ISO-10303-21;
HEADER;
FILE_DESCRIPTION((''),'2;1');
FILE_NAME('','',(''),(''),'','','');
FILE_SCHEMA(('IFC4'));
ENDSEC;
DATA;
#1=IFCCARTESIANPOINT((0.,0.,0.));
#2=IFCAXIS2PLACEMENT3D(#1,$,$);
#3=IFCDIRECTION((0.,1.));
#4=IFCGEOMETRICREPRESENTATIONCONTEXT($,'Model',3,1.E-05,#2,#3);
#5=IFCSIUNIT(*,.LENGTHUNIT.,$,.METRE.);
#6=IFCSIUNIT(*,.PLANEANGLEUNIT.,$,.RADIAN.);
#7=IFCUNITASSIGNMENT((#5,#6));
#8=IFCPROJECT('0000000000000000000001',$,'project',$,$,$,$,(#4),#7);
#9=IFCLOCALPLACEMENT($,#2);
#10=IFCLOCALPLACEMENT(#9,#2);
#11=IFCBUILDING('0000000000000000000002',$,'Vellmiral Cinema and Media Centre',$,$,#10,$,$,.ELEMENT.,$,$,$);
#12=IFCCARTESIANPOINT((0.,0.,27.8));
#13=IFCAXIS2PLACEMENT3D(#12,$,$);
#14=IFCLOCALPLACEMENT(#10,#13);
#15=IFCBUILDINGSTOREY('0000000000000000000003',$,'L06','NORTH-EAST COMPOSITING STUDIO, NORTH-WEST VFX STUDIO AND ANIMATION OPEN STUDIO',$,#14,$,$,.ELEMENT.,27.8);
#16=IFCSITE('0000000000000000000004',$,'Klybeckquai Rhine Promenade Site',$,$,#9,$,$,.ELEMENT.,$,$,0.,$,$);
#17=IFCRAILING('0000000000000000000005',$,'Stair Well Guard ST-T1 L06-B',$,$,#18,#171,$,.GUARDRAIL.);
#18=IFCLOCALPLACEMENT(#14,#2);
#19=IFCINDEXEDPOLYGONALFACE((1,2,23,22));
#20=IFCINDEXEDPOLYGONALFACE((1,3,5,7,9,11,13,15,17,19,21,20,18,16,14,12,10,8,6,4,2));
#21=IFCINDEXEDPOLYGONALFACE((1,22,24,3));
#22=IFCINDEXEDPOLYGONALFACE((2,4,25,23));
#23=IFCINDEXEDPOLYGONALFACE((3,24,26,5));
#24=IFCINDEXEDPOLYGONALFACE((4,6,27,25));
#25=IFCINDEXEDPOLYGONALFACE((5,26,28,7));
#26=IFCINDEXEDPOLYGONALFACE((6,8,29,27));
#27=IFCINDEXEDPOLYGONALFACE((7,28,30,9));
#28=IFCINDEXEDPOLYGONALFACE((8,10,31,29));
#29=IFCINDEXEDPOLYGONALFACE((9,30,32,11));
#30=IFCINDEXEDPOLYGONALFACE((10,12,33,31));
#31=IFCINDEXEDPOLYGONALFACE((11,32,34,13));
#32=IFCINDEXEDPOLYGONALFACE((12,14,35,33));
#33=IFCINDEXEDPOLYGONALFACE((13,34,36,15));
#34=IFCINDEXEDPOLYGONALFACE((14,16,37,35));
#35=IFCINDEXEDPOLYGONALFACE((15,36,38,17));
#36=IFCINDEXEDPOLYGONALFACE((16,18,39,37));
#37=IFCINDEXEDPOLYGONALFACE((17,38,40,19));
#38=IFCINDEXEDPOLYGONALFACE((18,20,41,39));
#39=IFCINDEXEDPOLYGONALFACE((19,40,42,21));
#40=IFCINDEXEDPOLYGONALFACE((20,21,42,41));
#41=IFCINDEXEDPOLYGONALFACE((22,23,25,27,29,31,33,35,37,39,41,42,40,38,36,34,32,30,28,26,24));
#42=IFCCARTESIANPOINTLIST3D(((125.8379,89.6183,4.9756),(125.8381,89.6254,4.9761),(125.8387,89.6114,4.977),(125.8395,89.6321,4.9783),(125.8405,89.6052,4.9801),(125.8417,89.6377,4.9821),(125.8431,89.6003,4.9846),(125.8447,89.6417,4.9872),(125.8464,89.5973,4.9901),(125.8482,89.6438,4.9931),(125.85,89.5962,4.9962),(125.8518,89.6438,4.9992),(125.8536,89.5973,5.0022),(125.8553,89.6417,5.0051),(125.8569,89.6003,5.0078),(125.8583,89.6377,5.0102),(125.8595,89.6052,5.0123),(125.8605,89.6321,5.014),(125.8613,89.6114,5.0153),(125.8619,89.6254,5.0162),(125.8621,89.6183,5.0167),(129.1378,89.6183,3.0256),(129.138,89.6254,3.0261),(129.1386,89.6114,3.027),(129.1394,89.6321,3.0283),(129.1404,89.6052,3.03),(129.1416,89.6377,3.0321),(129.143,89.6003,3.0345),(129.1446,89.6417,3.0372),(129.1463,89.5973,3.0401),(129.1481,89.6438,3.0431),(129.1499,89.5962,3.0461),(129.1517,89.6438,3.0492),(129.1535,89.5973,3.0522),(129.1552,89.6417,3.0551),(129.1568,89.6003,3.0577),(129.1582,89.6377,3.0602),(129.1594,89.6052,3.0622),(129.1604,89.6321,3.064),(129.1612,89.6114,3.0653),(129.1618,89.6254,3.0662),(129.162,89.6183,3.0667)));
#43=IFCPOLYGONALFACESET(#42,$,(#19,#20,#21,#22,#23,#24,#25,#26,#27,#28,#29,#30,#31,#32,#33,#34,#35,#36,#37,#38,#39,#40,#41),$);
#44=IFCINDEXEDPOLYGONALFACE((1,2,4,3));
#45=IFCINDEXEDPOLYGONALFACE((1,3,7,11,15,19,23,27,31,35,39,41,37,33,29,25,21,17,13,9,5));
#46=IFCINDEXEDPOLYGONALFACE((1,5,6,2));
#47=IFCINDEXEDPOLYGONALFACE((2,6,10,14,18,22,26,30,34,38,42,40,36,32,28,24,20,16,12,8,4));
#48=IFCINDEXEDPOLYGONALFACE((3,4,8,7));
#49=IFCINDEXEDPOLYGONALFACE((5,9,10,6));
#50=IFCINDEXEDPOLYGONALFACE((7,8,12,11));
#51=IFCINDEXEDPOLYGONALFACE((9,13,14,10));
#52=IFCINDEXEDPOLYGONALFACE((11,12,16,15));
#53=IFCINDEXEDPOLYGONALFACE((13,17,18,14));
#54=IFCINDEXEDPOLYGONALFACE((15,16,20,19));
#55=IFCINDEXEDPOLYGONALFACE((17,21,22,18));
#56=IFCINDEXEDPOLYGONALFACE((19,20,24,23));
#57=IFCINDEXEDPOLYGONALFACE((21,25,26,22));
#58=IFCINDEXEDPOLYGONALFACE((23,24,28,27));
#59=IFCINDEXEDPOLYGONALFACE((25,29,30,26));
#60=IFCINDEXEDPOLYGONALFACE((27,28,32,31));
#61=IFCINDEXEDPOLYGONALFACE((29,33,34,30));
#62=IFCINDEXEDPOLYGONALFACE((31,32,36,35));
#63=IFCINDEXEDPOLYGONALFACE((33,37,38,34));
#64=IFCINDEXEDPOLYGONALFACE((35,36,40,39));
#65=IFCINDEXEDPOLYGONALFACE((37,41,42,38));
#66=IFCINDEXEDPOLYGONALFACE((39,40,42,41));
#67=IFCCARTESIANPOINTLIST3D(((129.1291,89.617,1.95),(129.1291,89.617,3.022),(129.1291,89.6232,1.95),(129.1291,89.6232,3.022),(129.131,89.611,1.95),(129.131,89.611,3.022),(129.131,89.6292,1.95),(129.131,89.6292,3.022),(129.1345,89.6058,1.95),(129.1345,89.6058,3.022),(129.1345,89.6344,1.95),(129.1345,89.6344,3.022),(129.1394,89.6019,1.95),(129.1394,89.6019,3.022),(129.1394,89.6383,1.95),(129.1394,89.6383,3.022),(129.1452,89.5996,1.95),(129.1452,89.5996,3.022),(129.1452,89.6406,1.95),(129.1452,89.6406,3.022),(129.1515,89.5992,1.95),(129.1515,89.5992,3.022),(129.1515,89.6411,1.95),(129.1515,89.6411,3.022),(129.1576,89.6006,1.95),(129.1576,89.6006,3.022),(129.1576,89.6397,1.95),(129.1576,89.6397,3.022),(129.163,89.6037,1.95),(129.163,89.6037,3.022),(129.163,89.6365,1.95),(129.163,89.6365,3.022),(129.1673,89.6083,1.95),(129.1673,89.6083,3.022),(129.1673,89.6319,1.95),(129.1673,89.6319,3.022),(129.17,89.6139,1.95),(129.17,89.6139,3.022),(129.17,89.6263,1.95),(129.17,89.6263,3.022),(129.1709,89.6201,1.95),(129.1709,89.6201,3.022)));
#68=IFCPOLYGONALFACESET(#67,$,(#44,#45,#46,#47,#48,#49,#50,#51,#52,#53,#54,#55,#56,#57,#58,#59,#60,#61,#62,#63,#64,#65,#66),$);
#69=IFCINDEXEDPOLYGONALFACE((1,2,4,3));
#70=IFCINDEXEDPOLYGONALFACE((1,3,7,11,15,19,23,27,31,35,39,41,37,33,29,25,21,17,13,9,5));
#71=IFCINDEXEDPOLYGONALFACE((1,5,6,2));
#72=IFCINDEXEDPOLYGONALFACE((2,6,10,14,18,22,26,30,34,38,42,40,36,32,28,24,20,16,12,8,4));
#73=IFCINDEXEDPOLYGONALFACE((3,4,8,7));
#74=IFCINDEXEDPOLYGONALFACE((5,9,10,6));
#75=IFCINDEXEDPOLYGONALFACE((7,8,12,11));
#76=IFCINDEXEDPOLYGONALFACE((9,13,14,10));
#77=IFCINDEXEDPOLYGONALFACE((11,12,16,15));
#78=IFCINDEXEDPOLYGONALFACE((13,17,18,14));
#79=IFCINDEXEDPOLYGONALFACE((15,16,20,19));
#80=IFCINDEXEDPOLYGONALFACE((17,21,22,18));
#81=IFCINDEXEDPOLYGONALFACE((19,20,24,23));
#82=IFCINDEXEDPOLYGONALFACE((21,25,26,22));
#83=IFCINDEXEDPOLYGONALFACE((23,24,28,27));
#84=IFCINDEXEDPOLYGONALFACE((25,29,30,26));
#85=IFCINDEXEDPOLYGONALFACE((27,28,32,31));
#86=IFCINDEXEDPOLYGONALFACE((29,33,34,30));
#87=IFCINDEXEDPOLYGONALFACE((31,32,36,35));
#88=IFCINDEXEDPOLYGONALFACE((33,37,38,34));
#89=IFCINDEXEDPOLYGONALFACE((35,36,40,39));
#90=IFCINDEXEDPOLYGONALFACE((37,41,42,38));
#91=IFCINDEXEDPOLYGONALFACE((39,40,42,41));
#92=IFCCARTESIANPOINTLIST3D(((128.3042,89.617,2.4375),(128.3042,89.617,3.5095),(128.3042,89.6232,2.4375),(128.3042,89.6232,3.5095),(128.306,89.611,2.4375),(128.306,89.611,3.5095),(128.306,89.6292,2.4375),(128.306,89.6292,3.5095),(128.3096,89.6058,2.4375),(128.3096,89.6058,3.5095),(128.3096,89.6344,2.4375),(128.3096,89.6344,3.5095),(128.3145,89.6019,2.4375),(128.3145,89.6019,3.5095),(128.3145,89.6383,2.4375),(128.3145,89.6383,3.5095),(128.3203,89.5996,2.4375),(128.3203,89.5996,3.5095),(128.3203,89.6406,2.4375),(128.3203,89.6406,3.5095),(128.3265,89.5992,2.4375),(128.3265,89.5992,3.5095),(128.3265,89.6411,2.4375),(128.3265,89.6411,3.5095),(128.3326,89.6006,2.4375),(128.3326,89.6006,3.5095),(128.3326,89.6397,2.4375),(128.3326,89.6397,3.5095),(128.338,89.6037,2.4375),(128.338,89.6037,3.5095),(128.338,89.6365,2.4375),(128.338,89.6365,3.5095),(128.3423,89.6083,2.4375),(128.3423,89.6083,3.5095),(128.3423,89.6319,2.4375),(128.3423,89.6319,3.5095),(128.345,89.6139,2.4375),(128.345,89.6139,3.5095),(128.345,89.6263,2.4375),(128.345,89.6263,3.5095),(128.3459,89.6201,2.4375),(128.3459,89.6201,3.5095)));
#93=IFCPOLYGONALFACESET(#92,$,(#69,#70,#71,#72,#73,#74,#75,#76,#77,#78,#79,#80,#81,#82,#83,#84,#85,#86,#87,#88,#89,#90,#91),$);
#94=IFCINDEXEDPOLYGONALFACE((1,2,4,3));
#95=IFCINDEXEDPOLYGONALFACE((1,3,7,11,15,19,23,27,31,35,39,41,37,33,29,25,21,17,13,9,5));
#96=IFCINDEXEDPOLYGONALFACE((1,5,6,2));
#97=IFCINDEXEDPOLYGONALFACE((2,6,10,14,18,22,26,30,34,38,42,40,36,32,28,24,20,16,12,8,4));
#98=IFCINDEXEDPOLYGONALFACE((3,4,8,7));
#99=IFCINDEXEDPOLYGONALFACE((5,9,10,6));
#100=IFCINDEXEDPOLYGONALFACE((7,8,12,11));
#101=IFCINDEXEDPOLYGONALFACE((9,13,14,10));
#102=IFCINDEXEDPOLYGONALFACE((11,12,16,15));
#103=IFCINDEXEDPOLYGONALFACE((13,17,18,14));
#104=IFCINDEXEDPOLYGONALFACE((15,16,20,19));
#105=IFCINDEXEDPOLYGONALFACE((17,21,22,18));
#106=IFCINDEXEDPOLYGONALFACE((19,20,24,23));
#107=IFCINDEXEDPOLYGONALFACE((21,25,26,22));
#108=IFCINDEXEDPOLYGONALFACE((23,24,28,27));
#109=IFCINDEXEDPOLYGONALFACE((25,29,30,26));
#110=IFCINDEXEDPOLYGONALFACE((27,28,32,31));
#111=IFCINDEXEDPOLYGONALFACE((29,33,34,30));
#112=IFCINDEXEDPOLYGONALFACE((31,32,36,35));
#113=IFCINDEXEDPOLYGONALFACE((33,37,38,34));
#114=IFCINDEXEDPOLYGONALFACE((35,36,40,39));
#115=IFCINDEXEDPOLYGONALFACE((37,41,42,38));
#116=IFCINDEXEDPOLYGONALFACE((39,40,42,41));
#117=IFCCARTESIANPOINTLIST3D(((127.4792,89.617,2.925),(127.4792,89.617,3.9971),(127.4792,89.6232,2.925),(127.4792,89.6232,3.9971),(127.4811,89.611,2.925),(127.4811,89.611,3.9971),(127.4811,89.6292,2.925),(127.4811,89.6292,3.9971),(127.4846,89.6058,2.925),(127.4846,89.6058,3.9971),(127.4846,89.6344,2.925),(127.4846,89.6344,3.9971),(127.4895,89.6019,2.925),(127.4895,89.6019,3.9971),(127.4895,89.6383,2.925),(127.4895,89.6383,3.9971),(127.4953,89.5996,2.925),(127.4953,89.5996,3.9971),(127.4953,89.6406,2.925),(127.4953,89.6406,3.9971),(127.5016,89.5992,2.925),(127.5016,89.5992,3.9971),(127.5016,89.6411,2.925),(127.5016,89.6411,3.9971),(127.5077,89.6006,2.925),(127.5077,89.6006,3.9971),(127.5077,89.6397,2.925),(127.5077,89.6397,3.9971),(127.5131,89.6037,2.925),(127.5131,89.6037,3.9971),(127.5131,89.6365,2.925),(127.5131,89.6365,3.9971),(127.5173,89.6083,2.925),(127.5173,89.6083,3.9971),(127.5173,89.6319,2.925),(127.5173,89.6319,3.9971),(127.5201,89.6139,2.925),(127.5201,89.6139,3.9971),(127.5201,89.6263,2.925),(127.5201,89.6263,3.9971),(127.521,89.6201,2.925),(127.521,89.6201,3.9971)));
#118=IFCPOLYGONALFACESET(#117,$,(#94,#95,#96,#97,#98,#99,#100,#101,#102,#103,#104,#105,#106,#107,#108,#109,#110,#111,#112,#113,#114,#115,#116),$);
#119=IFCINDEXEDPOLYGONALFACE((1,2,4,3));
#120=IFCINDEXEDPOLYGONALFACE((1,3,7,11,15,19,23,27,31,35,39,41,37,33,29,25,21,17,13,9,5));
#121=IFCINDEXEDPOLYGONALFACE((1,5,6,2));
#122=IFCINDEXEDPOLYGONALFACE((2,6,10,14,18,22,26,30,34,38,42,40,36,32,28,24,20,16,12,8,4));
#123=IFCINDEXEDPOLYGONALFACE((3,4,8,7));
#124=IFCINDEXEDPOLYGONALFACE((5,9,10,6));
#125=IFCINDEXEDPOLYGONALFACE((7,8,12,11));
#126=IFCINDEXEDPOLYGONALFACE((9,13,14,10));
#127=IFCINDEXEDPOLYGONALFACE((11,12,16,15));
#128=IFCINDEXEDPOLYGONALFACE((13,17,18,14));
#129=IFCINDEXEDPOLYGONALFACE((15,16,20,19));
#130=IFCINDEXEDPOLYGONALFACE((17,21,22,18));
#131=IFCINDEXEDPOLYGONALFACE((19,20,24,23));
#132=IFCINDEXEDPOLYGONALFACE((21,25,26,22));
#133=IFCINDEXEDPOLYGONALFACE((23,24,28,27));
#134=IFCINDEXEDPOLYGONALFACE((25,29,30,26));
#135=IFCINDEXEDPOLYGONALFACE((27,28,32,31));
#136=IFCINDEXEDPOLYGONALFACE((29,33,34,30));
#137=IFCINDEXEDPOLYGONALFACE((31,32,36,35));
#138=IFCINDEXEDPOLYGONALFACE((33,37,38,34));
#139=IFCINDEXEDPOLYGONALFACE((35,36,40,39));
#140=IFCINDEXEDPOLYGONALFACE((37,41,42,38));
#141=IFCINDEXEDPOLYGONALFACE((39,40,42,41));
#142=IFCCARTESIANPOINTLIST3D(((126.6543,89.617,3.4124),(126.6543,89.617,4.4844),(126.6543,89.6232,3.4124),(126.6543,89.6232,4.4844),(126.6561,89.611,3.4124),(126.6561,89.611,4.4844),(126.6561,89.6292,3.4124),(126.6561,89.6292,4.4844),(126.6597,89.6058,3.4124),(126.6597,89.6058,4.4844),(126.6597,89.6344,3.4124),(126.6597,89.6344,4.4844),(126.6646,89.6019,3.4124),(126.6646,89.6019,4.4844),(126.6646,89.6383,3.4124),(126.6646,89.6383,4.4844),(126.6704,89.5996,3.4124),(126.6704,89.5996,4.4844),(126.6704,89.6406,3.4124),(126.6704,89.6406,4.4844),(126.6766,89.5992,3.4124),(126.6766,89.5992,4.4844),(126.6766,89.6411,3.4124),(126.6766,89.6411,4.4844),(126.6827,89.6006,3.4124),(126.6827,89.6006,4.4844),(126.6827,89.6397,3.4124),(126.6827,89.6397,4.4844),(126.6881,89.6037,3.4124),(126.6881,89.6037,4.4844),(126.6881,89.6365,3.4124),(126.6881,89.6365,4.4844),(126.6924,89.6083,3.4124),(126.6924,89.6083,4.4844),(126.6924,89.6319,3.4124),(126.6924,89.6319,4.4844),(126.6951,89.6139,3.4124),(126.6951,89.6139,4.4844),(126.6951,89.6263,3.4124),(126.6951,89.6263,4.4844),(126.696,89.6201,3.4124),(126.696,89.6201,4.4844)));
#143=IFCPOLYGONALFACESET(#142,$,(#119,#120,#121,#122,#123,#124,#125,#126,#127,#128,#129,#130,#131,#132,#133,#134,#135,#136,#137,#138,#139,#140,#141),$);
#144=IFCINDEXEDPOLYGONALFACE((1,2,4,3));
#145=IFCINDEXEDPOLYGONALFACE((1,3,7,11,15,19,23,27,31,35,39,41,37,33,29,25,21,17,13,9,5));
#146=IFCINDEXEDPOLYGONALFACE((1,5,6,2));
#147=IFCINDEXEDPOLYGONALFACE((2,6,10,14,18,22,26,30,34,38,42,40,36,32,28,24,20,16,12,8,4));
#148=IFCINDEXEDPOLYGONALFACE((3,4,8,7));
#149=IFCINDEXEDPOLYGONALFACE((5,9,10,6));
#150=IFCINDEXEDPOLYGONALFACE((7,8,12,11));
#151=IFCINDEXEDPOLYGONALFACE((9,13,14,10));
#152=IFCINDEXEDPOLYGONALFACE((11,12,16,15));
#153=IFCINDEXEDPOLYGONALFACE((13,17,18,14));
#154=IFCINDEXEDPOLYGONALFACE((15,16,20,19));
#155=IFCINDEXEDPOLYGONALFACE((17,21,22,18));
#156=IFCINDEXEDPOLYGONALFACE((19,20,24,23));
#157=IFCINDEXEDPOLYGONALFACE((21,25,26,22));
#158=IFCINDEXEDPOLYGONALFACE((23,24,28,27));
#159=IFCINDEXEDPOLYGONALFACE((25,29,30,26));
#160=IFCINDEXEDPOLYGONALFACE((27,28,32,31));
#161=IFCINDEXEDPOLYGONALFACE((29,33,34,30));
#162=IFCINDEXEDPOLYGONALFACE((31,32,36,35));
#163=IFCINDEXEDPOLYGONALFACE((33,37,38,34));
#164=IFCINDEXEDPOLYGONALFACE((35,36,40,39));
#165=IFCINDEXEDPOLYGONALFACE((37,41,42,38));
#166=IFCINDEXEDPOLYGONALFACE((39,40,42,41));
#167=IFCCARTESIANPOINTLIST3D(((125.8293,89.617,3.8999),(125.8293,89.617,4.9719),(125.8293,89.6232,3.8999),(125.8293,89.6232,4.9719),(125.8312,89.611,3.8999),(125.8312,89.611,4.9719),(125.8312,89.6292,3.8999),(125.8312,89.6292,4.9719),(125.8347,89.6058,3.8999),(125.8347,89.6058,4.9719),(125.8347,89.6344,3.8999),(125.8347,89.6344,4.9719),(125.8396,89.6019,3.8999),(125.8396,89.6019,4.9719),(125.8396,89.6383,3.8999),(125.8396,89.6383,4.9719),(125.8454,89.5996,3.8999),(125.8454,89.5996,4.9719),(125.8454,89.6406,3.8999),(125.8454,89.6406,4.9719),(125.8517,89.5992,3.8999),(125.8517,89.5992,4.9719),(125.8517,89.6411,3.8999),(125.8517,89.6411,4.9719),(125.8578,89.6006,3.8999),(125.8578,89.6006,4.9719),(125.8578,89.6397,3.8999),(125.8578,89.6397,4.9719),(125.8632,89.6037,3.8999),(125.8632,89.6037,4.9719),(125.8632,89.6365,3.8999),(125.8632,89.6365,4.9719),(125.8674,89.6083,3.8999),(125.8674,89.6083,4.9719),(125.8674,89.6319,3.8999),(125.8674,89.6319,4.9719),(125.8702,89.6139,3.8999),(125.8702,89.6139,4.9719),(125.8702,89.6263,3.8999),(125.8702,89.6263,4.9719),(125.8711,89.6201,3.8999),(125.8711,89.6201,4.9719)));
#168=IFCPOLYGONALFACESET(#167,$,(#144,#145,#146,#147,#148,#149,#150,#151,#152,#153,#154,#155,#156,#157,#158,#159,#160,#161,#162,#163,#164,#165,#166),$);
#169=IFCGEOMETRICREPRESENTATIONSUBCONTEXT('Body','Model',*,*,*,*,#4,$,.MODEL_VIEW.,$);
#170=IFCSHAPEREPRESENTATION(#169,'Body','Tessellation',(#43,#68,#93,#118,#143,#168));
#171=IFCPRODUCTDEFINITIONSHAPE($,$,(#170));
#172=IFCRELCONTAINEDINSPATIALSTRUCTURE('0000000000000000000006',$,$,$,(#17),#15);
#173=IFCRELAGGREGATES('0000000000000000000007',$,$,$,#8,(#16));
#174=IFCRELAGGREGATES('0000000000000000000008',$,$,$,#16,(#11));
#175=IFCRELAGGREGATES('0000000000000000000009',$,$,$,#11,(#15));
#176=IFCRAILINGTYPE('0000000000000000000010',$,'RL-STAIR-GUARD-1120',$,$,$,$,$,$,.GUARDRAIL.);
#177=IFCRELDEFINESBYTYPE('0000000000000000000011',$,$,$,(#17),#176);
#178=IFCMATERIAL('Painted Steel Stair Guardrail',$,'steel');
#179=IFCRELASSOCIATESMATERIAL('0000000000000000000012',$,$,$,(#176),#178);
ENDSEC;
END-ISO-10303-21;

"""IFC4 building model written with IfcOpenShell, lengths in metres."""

from ifc_helpers import new_model, si_unit, direction, frame, origin, origin_2d, place, context, subcontext, project, spatial, circle, extrude, material, type_object, element, save


model = new_model("IFC4")

# Units and contexts
model_context = context("Model", 3, precision=1e-05, world=origin(), true_north=direction((0.0, 1.0)))
body_context = subcontext(model_context, "Body", "Model", "MODEL_VIEW")
ifc_project = project(units=[si_unit("LENGTHUNIT", "METRE"), si_unit("PLANEANGLEUNIT", "RADIAN")], contexts=[model_context])

# Site, building, storey
site_placement = place(None, origin())
site = spatial("IfcSite", under=ifc_project, at=site_placement, Name="Klybeckquai Rhine Promenade Site", CompositionType="ELEMENT", RefElevation=0.0)
building_placement = place(site_placement, origin())
building = spatial("IfcBuilding", under=site, at=building_placement, Name="Vellmiral Cinema and Media Centre", CompositionType="ELEMENT")
storey_placement = place(building_placement, frame((0.0, 0.0, 27.8)))
storey = spatial("IfcBuildingStorey", under=building, at=storey_placement, Name="L06", Description="NORTH-EAST COMPOSITING STUDIO, NORTH-WEST VFX STUDIO AND ANIMATION OPEN STUDIO", CompositionType="ELEMENT", Elevation=27.8)

# Railing
ifc_material_1 = material(Name="Painted Steel Stair Guardrail", Category="steel")
railing_type_1 = type_object("IfcRailingType", Name="RL-STAIR-GUARD-1120", PredefinedType="GUARDRAIL", material=ifc_material_1)
railing_1_placement = place(storey_placement, frame((129.1499, 89.6201, 1.95)))
element("IfcRailing", 1, at=railing_1_placement, inside=storey, type_object=railing_type_1, Name="Stair Well Guard ST-T1 L06-B", PredefinedType="GUARDRAIL", context=body_context, shape_type="SweptSolid", body=[
    extrude(circle(Radius=0.0239, at=origin_2d()), frame((0.0, 0.0, 1.0962), z_axis=(-0.860919, 0.0, 0.508742), x_axis=(0.0, -1.0, 0.0)), (0.0, 0.0, 1.0), 3.833),
    extrude(circle(Radius=0.021, at=origin_2d()), origin(), (0.0, 0.0, 1.0), 1.072),
    extrude(circle(Radius=0.021, at=origin_2d()), frame((-0.825, 0.0, 0.4875)), (0.0, 0.0, 1.0), 1.072),
    extrude(circle(Radius=0.021, at=origin_2d()), frame((-1.6499, 0.0, 0.9751)), (0.0, 0.0, 1.0), 1.072),
    extrude(circle(Radius=0.021, at=origin_2d()), frame((-2.4749, 0.0, 1.4624)), (0.0, 0.0, 1.0), 1.072),
    extrude(circle(Radius=0.021, at=origin_2d()), frame((-3.2998, 0.0, 1.95)), (0.0, 0.0, 1.0), 1.072),
])

save(model, "model.ifc")
